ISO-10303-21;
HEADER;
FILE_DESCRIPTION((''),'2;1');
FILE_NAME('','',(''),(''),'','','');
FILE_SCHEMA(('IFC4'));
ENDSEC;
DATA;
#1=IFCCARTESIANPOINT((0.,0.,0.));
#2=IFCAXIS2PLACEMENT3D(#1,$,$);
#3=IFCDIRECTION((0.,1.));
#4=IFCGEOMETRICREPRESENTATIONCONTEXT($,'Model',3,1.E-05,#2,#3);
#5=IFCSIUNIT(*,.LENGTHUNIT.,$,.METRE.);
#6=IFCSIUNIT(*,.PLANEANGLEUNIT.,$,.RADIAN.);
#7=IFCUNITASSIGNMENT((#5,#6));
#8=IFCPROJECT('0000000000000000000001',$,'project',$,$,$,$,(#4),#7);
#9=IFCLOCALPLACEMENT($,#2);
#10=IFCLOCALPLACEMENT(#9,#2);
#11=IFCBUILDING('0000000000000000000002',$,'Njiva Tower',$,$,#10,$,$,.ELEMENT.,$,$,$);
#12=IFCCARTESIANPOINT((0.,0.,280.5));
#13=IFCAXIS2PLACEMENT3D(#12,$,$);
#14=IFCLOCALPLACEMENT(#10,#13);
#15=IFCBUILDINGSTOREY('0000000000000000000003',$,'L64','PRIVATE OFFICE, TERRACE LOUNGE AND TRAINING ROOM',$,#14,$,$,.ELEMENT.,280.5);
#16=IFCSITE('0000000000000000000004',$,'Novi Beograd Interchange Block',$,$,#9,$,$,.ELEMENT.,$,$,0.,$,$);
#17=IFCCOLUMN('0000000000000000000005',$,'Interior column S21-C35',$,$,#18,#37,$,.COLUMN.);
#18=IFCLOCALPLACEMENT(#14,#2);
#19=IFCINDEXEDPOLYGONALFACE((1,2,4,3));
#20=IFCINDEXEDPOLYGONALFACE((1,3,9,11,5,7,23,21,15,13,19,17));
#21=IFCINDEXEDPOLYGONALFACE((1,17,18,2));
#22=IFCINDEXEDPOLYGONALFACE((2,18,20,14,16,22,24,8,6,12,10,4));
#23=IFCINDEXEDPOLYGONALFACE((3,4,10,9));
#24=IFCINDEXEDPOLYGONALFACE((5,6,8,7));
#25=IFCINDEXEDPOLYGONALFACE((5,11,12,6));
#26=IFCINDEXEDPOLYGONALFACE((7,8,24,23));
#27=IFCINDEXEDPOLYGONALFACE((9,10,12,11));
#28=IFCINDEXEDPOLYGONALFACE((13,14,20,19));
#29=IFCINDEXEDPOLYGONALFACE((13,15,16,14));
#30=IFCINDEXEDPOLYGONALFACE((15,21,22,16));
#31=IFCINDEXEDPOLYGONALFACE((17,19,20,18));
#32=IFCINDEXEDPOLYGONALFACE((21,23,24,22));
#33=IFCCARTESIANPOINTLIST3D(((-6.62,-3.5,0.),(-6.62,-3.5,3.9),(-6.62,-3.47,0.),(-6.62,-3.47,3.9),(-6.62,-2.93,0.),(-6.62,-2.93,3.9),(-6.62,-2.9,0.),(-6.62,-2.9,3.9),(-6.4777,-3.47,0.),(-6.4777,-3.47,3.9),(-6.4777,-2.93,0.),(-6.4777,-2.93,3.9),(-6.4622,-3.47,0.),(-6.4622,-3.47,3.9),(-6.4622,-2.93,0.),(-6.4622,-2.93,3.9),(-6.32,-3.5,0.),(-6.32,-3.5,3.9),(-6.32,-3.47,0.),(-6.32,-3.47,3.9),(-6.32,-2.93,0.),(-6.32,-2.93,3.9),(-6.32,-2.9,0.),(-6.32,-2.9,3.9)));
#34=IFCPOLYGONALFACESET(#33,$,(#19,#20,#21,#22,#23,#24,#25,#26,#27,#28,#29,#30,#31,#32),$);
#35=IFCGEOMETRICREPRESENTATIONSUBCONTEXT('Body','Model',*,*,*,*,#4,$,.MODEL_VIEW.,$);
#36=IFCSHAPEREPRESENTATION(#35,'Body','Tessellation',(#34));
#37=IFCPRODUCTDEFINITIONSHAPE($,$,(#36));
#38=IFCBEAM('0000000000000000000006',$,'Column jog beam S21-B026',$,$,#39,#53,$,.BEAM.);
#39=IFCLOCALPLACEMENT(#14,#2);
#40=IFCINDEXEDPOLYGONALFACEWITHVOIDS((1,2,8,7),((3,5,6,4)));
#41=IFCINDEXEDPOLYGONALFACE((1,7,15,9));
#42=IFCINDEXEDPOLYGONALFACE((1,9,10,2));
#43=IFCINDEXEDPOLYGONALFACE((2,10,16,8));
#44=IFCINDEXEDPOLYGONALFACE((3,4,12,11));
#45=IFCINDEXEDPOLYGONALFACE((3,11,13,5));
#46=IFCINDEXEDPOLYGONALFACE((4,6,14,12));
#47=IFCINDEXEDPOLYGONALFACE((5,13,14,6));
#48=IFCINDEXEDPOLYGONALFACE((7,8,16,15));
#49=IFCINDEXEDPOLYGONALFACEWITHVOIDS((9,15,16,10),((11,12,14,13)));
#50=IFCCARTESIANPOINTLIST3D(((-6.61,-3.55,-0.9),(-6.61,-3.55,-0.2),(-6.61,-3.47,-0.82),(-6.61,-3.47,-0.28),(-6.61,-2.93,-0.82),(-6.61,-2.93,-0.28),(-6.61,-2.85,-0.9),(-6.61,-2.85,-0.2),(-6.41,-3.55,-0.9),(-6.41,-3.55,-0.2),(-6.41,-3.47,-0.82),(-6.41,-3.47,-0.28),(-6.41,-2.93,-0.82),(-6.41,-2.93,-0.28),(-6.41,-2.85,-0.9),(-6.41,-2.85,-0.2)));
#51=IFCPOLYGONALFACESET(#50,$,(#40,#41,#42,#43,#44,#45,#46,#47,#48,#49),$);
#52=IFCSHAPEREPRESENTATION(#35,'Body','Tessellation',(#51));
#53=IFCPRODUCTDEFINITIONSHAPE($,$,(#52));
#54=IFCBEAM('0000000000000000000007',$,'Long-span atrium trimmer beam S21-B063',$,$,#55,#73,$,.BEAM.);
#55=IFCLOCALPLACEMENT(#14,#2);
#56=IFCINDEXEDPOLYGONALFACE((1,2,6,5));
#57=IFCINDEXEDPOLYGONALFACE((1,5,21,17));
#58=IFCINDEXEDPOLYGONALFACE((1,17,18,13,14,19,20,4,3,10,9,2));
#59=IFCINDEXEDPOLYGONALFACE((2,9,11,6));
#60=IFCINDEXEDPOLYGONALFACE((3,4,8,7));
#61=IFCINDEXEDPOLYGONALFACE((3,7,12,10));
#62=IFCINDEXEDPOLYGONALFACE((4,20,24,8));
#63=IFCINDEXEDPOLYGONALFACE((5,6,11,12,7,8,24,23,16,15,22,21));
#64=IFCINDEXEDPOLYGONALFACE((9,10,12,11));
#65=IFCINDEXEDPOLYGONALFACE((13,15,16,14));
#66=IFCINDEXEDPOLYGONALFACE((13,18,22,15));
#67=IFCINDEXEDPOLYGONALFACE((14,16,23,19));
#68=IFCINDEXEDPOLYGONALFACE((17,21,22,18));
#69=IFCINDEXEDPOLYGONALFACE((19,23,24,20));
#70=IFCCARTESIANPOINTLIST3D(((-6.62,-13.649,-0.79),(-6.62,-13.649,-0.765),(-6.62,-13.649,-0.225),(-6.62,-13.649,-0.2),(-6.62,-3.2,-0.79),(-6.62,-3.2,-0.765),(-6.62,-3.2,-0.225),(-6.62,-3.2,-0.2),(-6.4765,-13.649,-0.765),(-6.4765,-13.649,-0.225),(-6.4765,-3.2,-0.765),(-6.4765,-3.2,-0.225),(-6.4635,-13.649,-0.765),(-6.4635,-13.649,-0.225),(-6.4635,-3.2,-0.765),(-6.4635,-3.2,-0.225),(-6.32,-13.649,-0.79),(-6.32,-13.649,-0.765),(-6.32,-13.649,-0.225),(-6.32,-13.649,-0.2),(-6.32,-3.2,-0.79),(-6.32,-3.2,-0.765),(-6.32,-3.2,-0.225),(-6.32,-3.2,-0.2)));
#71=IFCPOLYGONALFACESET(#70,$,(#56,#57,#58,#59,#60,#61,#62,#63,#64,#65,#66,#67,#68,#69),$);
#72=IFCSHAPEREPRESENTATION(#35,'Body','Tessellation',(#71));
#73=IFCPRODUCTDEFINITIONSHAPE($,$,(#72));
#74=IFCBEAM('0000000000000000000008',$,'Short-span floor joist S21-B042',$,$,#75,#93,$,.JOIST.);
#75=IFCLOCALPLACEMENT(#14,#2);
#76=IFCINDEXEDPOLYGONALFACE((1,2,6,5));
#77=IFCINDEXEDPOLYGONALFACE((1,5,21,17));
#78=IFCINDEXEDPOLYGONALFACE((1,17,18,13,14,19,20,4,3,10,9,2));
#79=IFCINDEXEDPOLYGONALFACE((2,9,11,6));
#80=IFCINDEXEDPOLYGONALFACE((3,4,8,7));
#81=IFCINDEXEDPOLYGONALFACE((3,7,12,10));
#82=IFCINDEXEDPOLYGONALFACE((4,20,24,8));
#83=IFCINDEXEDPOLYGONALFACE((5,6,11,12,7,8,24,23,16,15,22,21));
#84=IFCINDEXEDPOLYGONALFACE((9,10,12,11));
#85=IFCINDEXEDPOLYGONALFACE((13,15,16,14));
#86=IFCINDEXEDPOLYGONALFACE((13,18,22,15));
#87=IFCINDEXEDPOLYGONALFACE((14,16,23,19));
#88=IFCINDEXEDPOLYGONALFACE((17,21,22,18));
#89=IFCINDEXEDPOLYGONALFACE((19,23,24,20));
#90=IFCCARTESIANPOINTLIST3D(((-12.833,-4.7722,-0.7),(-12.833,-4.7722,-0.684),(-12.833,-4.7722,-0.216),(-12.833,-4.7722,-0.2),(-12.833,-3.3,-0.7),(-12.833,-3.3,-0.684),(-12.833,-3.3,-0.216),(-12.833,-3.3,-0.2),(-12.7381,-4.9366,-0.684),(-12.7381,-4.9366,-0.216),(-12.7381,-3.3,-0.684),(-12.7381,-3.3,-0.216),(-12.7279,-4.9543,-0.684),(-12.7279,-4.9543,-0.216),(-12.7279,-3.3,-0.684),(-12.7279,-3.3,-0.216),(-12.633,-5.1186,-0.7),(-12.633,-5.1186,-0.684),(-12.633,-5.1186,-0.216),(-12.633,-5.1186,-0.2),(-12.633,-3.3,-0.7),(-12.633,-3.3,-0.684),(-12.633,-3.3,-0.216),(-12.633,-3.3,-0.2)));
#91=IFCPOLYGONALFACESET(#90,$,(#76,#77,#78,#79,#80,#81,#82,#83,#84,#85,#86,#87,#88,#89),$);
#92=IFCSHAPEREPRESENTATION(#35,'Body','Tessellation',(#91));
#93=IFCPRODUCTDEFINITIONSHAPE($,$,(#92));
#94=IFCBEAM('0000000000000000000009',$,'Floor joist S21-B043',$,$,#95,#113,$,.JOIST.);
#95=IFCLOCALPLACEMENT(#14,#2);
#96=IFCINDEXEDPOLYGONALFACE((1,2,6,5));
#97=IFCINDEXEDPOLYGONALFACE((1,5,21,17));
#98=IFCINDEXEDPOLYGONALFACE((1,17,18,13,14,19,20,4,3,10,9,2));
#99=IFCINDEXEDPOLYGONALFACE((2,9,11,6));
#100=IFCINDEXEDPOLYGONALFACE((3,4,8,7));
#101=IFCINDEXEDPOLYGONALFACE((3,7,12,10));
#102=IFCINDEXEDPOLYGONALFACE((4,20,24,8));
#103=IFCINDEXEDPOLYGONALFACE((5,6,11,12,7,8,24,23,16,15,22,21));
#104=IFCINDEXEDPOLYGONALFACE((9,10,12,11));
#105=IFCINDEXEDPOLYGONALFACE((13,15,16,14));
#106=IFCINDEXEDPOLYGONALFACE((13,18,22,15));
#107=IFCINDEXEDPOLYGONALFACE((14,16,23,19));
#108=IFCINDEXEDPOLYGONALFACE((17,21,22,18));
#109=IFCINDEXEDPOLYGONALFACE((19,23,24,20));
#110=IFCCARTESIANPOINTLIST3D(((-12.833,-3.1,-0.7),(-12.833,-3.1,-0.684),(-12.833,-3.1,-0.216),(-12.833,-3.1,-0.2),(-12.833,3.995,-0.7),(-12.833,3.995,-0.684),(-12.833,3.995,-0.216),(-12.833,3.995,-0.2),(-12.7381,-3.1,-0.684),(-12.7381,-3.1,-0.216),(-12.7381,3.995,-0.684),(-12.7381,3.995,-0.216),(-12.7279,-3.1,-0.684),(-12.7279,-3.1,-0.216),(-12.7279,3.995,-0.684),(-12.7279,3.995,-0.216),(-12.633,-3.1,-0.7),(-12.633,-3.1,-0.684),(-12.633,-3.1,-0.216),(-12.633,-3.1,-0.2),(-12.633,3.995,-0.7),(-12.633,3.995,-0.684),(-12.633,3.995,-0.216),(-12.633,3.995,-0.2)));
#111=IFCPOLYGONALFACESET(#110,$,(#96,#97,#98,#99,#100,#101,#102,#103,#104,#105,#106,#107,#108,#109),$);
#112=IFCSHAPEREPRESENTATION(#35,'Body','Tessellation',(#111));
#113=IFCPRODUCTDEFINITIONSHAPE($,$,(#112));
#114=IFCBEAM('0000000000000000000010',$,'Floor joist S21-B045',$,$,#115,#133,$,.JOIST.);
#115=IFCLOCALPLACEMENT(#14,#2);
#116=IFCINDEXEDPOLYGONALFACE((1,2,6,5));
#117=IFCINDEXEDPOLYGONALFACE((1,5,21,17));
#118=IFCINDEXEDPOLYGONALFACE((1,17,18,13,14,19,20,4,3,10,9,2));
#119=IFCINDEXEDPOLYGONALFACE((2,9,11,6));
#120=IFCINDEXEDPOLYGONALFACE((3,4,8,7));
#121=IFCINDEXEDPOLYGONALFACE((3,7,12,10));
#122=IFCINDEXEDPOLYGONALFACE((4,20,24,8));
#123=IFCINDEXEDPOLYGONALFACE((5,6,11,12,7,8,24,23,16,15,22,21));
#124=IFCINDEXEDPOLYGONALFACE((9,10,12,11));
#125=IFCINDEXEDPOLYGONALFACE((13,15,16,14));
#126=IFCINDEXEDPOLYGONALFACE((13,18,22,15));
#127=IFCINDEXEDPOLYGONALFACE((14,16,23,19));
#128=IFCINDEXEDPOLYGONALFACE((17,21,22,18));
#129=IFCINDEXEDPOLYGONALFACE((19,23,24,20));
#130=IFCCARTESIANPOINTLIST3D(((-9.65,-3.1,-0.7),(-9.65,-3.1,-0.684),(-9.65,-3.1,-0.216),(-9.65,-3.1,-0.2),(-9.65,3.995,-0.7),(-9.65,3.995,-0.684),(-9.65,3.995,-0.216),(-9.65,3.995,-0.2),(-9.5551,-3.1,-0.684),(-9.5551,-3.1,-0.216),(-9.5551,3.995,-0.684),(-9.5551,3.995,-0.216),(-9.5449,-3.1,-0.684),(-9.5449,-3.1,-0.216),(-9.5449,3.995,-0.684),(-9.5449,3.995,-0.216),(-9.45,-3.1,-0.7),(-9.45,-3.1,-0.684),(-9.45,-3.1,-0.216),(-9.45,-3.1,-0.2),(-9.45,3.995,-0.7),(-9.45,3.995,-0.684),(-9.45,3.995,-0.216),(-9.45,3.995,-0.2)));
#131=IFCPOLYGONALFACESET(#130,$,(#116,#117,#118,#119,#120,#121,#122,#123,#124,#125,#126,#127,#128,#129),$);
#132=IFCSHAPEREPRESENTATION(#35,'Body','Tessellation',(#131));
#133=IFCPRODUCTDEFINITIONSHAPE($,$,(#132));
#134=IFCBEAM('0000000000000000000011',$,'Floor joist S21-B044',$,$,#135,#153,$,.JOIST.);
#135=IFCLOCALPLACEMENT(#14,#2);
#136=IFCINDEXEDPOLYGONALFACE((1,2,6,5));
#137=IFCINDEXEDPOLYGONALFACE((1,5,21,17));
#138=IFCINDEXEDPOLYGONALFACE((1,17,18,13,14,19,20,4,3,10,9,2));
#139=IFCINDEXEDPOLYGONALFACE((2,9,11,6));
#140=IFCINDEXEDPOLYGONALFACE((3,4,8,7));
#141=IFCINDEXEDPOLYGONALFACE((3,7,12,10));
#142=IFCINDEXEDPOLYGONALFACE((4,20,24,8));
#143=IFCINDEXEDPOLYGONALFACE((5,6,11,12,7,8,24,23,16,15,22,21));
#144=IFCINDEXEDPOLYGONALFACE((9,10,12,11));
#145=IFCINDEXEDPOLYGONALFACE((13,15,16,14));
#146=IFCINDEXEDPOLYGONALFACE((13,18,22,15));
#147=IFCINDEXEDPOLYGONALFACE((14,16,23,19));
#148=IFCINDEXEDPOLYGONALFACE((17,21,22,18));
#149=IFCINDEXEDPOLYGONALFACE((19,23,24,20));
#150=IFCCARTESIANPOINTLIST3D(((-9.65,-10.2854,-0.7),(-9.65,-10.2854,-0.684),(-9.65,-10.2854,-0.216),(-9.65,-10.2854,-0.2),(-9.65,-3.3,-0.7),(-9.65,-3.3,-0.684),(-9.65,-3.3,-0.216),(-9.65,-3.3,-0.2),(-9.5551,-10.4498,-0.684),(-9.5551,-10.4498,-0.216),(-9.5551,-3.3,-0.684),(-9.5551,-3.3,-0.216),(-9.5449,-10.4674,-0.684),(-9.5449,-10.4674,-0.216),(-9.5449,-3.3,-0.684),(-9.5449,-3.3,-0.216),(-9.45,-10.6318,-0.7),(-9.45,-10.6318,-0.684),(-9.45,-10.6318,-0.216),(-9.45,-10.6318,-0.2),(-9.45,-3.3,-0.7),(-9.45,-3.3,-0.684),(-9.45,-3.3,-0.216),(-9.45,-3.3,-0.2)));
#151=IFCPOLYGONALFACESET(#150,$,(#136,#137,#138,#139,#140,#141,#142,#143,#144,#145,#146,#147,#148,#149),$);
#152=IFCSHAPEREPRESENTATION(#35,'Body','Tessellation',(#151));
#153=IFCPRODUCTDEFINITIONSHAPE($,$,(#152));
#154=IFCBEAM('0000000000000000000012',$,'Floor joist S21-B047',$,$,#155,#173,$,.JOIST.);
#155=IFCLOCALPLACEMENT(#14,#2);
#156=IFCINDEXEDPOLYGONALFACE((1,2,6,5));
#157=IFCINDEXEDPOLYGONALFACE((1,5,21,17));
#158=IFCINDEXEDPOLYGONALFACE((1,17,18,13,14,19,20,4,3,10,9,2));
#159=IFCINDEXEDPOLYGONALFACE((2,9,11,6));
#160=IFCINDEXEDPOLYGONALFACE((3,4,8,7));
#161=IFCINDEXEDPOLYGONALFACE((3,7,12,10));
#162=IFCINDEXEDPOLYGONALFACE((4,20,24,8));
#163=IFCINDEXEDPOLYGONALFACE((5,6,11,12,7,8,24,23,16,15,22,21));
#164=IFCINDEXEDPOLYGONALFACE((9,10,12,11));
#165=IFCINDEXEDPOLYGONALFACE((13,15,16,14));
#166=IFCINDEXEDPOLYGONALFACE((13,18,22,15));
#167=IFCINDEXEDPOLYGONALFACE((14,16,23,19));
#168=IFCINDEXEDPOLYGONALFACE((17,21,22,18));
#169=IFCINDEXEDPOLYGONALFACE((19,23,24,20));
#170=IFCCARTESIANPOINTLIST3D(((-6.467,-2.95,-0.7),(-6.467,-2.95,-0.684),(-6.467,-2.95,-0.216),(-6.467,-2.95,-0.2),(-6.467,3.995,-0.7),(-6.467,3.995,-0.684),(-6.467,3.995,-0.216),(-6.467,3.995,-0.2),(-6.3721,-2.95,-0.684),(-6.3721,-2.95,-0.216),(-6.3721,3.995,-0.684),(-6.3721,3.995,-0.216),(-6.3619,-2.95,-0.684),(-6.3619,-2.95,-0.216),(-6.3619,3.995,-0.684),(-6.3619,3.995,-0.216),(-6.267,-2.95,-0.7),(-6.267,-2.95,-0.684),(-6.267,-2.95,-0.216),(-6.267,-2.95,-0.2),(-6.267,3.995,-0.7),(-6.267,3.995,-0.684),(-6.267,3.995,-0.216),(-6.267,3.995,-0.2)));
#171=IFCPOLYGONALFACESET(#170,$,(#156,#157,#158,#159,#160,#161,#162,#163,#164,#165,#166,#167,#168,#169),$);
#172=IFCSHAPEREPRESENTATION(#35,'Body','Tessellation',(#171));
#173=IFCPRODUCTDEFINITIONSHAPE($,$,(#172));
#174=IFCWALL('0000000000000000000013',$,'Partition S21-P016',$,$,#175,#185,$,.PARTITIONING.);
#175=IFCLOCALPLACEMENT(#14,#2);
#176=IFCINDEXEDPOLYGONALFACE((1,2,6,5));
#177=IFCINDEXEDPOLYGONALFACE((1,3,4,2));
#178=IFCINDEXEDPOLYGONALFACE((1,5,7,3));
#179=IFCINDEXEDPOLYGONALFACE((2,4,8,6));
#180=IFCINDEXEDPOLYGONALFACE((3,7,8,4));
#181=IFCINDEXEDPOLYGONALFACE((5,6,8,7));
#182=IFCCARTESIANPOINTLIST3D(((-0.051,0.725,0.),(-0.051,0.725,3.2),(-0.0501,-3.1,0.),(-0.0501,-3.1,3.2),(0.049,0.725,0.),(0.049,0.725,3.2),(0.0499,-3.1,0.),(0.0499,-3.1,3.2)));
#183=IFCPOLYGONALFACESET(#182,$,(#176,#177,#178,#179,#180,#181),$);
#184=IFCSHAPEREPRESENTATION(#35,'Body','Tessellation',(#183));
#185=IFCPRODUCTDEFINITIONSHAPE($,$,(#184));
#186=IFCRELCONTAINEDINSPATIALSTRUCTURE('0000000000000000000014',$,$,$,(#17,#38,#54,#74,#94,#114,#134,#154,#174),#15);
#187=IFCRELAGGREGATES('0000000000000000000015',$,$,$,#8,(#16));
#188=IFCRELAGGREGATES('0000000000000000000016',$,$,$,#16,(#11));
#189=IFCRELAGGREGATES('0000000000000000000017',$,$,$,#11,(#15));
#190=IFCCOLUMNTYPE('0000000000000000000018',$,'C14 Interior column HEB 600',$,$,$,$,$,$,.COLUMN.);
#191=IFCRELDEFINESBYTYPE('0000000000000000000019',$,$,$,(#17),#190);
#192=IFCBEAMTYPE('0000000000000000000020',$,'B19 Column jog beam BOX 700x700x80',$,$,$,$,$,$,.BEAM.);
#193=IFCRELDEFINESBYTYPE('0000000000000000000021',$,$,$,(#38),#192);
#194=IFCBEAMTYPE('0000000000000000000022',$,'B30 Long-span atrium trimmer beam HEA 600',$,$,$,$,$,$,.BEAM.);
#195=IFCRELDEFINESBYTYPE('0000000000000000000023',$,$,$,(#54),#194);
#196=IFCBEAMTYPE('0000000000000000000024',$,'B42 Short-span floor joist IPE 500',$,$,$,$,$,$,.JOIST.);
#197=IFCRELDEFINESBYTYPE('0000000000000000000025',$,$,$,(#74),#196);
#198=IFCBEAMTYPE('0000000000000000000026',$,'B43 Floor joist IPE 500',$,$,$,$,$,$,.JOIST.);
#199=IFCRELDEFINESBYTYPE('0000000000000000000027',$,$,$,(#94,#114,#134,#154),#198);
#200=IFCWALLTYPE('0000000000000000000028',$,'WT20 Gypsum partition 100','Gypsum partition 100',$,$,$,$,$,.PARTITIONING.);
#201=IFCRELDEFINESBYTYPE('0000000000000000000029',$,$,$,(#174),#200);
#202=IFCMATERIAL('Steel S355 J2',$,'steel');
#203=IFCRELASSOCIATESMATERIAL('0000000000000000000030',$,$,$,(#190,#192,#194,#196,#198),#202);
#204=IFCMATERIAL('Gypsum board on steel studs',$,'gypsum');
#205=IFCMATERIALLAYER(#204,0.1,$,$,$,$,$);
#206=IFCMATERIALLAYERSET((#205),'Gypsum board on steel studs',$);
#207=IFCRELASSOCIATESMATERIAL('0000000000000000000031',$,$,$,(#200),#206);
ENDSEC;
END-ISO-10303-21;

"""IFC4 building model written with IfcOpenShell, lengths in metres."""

from ifc_helpers import new_model, si_unit, direction, frame, frame_2d, origin, origin_2d, place, context, subcontext, project, spatial, rectangle, hollow_rectangle, i_section, extrude, clip, halfspace, material, layer, layer_set, material_profile, profile_set, type_object, element, save


model = new_model("IFC4")

# Units and contexts
model_context = context("Model", 3, precision=1e-05, world=origin(), true_north=direction((0.0, 1.0)))
body_context = subcontext(model_context, "Body", "Model", "MODEL_VIEW")
ifc_project = project(units=[si_unit("LENGTHUNIT", "METRE"), si_unit("PLANEANGLEUNIT", "RADIAN")], contexts=[model_context])

# Site, building, storey
site_placement = place(None, origin())
site = spatial("IfcSite", under=ifc_project, at=site_placement, Name="Novi Beograd Interchange Block", CompositionType="ELEMENT", RefElevation=0.0)
building_placement = place(site_placement, origin())
building = spatial("IfcBuilding", under=site, at=building_placement, Name="Njiva Tower", CompositionType="ELEMENT")
storey_placement = place(building_placement, frame((0.0, 0.0, 280.5)))
storey = spatial("IfcBuildingStorey", under=building, at=storey_placement, Name="L64", Description="PRIVATE OFFICE, TERRACE LOUNGE AND TRAINING ROOM", CompositionType="ELEMENT", Elevation=280.5)

# Column
ifc_material_1 = material(Name="Steel S355 J2", Category="steel")
ifc_material_profile_1 = material_profile(ifc_material_1, i_section(OverallWidth=0.3, OverallDepth=0.6, WebThickness=0.0155, FlangeThickness=0.03, at=origin_2d()), Name="HEB 600")
ifc_profile_set_1 = profile_set([ifc_material_profile_1], Name="Steel S355 J2")
column_type = type_object("IfcColumnType", Name="C14 Interior column HEB 600", PredefinedType="COLUMN", material=ifc_profile_set_1)
column_placement = place(storey_placement, frame((-6.47, -3.2, 0.0), z_axis=(0.0, 0.0, 1.0), x_axis=(1.0, 0.0, 0.0)))
element("IfcColumn", 1, at=column_placement, inside=storey, type_object=column_type, Name="Interior column S21-C35", PredefinedType="COLUMN", context=body_context, shape_type="SweptSolid", body=[
    extrude(i_section(OverallWidth=0.3, OverallDepth=0.6, WebThickness=0.0155, FlangeThickness=0.03, at=origin_2d()), origin(), (0.0, 0.0, 1.0), 3.9),
])

# Beams
ifc_material_profile_2 = material_profile(ifc_material_1, hollow_rectangle(XDim=0.7, YDim=0.7, WallThickness=0.08, at=origin_2d()), Name="BOX 700x700x80")
ifc_profile_set_2 = profile_set([ifc_material_profile_2], Name="Steel S355 J2")
beam_type_1 = type_object("IfcBeamType", Name="B19 Column jog beam BOX 700x700x80", PredefinedType="BEAM", material=ifc_profile_set_2)
beam_1_placement = place(storey_placement, frame((-6.61, -3.2, -0.55), z_axis=(1.0, 0.0, 0.0), x_axis=(0.0, 1.0, 0.0)))
element("IfcBeam", 2, at=beam_1_placement, inside=storey, type_object=beam_type_1, Name="Column jog beam S21-B026", PredefinedType="BEAM", context=body_context, shape_type="SweptSolid", body=[
    extrude(hollow_rectangle(XDim=0.7, YDim=0.7, WallThickness=0.08, at=origin_2d()), origin(), (0.0, 0.0, 1.0), 0.2),
])
ifc_material_profile_3 = material_profile(ifc_material_1, i_section(OverallWidth=0.3, OverallDepth=0.59, WebThickness=0.013, FlangeThickness=0.025, at=origin_2d()), Name="HEA 600")
ifc_profile_set_3 = profile_set([ifc_material_profile_3], Name="Steel S355 J2")
beam_type_2 = type_object("IfcBeamType", Name="B30 Long-span atrium trimmer beam HEA 600", PredefinedType="BEAM", material=ifc_profile_set_3)
beam_2_placement = place(storey_placement, frame((-6.47, -3.2, -0.495), z_axis=(0.0, -1.0, 0.0), x_axis=(1.0, 0.0, 0.0)))
element("IfcBeam", 3, at=beam_2_placement, inside=storey, type_object=beam_type_2, Name="Long-span atrium trimmer beam S21-B063", PredefinedType="BEAM", context=body_context, shape_type="SweptSolid", body=[
    extrude(i_section(OverallWidth=0.3, OverallDepth=0.59, WebThickness=0.013, FlangeThickness=0.025, at=origin_2d()), origin(), (0.0, 0.0, 1.0), 10.449),
])
ifc_material_profile_4 = material_profile(ifc_material_1, i_section(OverallWidth=0.2, OverallDepth=0.5, WebThickness=0.0102, FlangeThickness=0.016, at=origin_2d()), Name="IPE 500")
ifc_profile_set_4 = profile_set([ifc_material_profile_4], Name="Steel S355 J2")
beam_type_3 = type_object("IfcBeamType", Name="B42 Short-span floor joist IPE 500", PredefinedType="JOIST", material=ifc_profile_set_4)
beam_3_placement = place(storey_placement, frame((-12.733, -3.3, -0.45), z_axis=(0.0, -1.0, 0.0), x_axis=(1.0, 0.0, 0.0)))
element("IfcBeam", 4, at=beam_3_placement, inside=storey, type_object=beam_type_3, Name="Short-span floor joist S21-B042", PredefinedType="JOIST", context=body_context, shape_type="Clipping", body=[
    clip(extrude(i_section(OverallWidth=0.2, OverallDepth=0.5, WebThickness=0.0102, FlangeThickness=0.016, at=origin_2d()), origin(), (0.0, 0.0, 1.0), 1.838), halfspace(frame((-0.0436, 0.0, 1.5699), z_axis=(-0.866027, 0.0, 0.499998), x_axis=(0.0, 1.0, 0.0)), False)),
])
ifc_material_profile_5 = material_profile(ifc_material_1, i_section(OverallWidth=0.2, OverallDepth=0.5, WebThickness=0.0102, FlangeThickness=0.016, at=origin_2d()), Name="IPE 500")
ifc_profile_set_5 = profile_set([ifc_material_profile_5], Name="Steel S355 J2")
beam_type_4 = type_object("IfcBeamType", Name="B43 Floor joist IPE 500", PredefinedType="JOIST", material=ifc_profile_set_5)
for number, where, z_axis, x_axis, name in (
    (5, (-12.733, 3.995, -0.45), (0.0, -1.0, 0.0), (1.0, 0.0, 0.0), "Floor joist S21-B043"),
    (6, (-9.55, 3.995, -0.45), (0.0, -1.0, 0.0), (1.0, 0.0, 0.0), "Floor joist S21-B045"),
):
    element("IfcBeam", number, at=place(storey_placement, frame(where, z_axis=z_axis, x_axis=x_axis)), inside=storey, type_object=beam_type_4, Name=name, PredefinedType="JOIST", context=body_context, shape_type="SweptSolid", body=[
        extrude(i_section(OverallWidth=0.2, OverallDepth=0.5, WebThickness=0.0102, FlangeThickness=0.016, at=origin_2d()), origin(), (0.0, 0.0, 1.0), 7.095),
    ])
beam_4_placement = place(storey_placement, frame((-9.55, -3.3, -0.45), z_axis=(0.0, -1.0, 0.0), x_axis=(1.0, 0.0, 0.0)))
element("IfcBeam", 7, at=beam_4_placement, inside=storey, type_object=beam_type_4, Name="Floor joist S21-B044", PredefinedType="JOIST", context=body_context, shape_type="Clipping", body=[
    clip(extrude(i_section(OverallWidth=0.2, OverallDepth=0.5, WebThickness=0.0102, FlangeThickness=0.016, at=origin_2d()), origin(), (0.0, 0.0, 1.0), 7.352), halfspace(frame((-0.0433, 0.0, 7.0836), z_axis=(-0.866027, 0.0, 0.499998), x_axis=(0.0, 1.0, 0.0)), False)),
])
beam_5_placement = place(storey_placement, frame((-6.367, 3.995, -0.45), z_axis=(0.0, -1.0, 0.0), x_axis=(1.0, 0.0, 0.0)))
element("IfcBeam", 8, at=beam_5_placement, inside=storey, type_object=beam_type_4, Name="Floor joist S21-B047", PredefinedType="JOIST", context=body_context, shape_type="SweptSolid", body=[
    extrude(i_section(OverallWidth=0.2, OverallDepth=0.5, WebThickness=0.0102, FlangeThickness=0.016, at=origin_2d()), origin(), (0.0, 0.0, 1.0), 6.945),
])

# Wall
ifc_material_2 = material(Name="Gypsum board on steel studs", Category="gypsum")
ifc_layer_1 = layer(ifc_material_2, 0.1)
ifc_layer_set_1 = layer_set([ifc_layer_1], Name="Gypsum board on steel studs")
wall_type_1 = type_object("IfcWallType", Name="WT20 Gypsum partition 100", Description="Gypsum partition 100", PredefinedType="PARTITIONING", material=ifc_layer_set_1)
wall_1_placement = place(storey_placement, frame((-0.001, 0.725, 0.0), z_axis=(0.0, 0.0, 1.0), x_axis=(0.000235, -1.0, 0.0)))
element("IfcWall", 9, at=wall_1_placement, inside=storey, type_object=wall_type_1, Name="Partition S21-P016", PredefinedType="PARTITIONING", context=body_context, shape_type="SweptSolid", body=[
    extrude(rectangle(XDim=3.825, YDim=0.1, at=frame_2d((1.9125, 0.0))), origin(), (0.0, 0.0, 1.0), 3.2),
])

save(model, "model.ifc")
